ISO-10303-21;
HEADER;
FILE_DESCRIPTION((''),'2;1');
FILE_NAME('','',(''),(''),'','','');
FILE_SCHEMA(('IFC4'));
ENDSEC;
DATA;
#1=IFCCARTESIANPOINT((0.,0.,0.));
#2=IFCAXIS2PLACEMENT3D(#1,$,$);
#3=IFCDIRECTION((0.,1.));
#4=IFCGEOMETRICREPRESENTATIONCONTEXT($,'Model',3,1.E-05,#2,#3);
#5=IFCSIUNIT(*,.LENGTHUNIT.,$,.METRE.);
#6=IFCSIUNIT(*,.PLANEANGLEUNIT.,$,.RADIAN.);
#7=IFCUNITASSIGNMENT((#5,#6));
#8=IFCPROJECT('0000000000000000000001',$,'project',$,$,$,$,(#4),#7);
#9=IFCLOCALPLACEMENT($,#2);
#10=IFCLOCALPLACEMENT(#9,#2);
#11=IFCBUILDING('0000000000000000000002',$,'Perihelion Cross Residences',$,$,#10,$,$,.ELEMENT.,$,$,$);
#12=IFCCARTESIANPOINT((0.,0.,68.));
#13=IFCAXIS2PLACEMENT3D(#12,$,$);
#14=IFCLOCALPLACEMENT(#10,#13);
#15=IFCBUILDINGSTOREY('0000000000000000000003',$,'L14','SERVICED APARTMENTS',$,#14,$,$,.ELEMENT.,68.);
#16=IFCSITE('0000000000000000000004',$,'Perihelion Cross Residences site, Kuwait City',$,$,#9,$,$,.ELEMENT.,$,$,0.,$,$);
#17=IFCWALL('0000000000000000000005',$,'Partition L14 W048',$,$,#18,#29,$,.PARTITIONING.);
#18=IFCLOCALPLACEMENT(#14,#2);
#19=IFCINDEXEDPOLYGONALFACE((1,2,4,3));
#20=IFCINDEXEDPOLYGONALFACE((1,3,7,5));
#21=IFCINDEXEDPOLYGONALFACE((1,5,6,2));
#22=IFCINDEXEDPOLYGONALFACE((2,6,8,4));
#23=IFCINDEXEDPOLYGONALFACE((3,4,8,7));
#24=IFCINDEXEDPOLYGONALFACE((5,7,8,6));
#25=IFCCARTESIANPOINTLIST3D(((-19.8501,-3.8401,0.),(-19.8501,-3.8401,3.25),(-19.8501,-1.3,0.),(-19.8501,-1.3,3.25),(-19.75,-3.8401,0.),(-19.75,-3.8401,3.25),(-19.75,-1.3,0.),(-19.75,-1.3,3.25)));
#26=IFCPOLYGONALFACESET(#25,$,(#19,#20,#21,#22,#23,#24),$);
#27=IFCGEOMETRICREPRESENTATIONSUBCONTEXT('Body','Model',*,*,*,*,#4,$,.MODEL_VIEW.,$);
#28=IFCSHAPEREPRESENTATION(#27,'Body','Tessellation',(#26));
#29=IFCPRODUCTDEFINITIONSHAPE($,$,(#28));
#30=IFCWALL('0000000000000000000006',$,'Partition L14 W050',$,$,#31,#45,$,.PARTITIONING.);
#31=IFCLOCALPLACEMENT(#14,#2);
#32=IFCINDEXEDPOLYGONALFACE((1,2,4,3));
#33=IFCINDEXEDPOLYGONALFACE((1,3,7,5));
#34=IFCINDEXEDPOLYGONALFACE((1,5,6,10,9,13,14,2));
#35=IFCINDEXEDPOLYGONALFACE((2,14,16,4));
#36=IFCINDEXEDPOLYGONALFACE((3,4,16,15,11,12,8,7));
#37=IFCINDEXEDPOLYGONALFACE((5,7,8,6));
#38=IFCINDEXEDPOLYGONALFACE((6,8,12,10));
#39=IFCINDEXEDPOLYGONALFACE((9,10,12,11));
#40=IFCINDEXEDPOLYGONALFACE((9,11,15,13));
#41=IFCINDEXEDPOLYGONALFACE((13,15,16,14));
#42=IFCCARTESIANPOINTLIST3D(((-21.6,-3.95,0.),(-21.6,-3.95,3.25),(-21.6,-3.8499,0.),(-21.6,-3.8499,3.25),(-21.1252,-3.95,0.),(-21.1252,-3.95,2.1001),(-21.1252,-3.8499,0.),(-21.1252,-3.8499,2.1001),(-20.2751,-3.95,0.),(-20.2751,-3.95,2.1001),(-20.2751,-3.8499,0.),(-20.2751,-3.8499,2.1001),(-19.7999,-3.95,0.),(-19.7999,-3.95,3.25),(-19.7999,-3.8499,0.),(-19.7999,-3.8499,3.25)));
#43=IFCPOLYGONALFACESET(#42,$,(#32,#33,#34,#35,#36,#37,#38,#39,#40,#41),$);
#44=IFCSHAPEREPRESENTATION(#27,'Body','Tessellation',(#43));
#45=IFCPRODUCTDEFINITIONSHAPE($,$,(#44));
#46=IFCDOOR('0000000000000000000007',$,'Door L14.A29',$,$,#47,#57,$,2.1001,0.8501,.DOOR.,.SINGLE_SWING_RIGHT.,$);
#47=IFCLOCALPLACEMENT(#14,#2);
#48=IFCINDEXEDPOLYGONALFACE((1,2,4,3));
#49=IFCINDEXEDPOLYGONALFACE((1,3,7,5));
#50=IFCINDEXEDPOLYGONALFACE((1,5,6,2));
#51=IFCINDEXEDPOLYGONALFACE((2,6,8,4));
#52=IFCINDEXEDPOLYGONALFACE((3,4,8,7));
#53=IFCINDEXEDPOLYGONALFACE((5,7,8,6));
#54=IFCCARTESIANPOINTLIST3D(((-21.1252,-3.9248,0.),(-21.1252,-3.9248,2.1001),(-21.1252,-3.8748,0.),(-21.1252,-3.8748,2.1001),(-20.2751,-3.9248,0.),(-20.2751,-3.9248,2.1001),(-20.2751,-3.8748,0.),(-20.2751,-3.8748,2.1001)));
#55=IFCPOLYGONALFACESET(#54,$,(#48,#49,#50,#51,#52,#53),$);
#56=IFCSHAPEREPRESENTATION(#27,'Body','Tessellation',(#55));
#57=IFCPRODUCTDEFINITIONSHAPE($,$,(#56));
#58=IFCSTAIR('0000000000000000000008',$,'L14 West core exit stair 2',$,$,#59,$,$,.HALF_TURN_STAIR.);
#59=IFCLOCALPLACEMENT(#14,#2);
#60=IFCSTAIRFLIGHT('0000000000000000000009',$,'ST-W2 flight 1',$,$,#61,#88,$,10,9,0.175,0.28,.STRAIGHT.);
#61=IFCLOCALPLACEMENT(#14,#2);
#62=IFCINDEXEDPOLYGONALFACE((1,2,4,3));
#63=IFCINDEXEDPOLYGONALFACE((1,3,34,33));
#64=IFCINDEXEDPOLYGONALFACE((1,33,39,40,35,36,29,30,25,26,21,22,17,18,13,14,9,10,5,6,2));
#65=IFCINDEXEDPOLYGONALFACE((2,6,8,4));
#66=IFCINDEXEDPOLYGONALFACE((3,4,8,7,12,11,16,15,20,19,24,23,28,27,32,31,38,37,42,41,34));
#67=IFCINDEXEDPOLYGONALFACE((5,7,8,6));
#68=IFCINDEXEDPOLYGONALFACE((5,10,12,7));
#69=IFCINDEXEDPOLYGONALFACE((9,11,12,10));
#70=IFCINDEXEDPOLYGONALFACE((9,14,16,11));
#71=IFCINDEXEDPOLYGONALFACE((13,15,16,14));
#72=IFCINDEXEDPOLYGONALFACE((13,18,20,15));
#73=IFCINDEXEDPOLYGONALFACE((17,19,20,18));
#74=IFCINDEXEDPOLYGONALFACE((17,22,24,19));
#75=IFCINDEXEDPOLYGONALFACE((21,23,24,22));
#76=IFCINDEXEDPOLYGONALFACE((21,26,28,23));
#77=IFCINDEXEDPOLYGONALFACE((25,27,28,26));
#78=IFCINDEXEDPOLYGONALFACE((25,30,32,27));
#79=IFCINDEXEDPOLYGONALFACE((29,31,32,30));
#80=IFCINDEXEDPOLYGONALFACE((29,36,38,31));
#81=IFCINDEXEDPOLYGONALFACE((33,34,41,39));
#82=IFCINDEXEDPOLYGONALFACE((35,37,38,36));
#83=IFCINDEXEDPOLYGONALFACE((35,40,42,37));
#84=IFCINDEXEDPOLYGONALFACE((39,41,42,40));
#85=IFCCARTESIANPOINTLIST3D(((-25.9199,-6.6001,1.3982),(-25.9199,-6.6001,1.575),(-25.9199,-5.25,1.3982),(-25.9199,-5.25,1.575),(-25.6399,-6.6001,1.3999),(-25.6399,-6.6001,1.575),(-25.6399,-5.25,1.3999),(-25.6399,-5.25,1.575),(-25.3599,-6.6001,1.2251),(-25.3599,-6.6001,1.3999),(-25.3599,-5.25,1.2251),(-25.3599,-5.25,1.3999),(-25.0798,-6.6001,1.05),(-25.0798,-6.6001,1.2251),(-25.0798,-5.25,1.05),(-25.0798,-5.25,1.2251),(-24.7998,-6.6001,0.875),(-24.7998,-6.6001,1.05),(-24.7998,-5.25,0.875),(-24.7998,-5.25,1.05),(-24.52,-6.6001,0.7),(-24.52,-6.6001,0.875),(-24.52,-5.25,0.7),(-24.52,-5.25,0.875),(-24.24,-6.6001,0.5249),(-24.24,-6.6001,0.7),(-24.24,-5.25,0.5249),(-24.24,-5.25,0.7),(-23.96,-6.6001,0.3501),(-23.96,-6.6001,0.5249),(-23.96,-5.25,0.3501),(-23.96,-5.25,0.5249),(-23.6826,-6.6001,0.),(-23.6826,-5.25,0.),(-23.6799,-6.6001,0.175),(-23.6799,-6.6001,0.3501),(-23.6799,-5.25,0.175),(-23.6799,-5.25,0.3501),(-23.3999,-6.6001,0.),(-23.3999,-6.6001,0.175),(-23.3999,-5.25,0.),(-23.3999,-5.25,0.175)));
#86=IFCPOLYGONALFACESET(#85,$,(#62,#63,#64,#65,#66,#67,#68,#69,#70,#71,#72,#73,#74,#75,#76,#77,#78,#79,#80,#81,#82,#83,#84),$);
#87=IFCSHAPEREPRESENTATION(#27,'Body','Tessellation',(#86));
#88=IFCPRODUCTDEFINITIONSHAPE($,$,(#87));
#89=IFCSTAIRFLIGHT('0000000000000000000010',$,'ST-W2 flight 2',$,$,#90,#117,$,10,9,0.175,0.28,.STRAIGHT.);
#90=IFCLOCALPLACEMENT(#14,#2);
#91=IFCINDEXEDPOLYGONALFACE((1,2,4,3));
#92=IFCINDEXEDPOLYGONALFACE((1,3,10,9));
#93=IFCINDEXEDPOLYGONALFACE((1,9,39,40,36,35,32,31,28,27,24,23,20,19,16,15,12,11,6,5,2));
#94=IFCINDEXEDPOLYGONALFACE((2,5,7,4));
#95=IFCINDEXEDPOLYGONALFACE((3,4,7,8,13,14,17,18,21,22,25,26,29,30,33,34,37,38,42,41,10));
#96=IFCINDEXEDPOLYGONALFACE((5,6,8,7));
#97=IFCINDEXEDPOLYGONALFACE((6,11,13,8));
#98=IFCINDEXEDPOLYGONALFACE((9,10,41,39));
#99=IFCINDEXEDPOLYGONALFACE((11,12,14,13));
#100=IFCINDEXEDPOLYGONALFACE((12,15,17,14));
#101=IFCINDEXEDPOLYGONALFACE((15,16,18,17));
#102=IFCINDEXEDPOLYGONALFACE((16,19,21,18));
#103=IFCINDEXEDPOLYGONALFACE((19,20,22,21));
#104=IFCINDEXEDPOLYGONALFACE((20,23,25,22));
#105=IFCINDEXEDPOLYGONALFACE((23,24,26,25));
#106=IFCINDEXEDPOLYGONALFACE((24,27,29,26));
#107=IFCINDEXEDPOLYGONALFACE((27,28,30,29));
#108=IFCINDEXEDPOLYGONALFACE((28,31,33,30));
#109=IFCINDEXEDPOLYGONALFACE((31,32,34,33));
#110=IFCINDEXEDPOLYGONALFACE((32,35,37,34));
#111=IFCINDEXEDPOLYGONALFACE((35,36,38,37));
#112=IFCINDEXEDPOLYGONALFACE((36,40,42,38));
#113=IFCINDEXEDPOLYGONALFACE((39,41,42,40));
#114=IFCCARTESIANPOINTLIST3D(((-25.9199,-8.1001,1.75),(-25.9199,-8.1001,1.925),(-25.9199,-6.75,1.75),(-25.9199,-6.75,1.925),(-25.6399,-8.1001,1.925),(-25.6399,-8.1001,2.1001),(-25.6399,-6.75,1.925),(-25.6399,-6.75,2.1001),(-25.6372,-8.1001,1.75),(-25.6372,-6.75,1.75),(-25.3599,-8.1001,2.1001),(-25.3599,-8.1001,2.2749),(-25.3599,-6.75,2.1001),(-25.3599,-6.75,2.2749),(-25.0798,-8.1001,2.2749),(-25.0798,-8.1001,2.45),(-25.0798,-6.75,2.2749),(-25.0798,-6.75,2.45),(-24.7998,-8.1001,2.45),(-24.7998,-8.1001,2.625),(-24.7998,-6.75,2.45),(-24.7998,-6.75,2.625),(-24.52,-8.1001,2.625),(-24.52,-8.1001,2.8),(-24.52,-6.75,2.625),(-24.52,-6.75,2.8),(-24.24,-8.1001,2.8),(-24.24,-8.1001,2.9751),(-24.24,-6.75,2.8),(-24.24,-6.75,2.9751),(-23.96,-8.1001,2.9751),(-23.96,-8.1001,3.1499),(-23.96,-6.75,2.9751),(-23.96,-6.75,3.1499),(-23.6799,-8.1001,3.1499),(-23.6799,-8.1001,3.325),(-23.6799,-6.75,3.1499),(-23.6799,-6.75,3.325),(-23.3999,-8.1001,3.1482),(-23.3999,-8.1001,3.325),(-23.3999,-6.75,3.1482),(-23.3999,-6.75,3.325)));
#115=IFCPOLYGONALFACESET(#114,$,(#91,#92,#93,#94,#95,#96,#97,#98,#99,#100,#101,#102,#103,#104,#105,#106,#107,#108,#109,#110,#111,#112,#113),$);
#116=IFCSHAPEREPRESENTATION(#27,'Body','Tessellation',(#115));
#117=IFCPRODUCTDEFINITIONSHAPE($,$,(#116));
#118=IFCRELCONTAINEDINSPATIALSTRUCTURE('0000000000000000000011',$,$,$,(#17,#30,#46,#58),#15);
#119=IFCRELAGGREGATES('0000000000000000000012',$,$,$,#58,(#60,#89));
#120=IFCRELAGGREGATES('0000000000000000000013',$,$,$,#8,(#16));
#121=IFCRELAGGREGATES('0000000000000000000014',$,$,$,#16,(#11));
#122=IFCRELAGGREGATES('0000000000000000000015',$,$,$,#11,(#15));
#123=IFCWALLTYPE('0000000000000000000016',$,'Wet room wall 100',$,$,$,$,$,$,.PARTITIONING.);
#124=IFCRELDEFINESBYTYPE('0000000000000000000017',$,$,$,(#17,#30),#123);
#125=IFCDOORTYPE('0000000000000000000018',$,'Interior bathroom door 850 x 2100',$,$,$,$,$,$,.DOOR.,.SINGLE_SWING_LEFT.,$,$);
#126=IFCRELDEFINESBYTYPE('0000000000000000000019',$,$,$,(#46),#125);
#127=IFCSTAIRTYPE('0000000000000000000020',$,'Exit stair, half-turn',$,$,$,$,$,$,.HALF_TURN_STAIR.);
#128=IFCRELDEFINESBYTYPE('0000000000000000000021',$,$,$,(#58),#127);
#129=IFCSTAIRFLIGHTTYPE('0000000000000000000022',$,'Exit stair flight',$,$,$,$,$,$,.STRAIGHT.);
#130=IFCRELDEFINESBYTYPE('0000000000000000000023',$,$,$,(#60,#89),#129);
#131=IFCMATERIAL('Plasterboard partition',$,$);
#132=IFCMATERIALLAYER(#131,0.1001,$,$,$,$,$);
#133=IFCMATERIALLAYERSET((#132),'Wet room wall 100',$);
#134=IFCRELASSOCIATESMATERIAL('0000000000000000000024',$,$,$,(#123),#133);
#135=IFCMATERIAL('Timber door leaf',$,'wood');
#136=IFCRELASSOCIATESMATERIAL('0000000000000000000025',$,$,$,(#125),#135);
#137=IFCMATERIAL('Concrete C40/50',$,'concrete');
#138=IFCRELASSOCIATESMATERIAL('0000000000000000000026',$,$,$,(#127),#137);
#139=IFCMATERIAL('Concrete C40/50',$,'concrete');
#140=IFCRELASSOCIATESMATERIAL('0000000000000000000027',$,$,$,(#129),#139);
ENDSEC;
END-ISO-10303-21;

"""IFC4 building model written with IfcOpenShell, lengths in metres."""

from ifc_helpers import new_model, si_unit, direction, frame, frame_2d, origin, place, context, subcontext, project, spatial, polyline, rectangle, outline, extrude, material, layer, layer_set, type_object, element, fill, aggregate, save


model = new_model("IFC4")

# Units and contexts
model_context = context("Model", 3, precision=1e-05, world=origin(), true_north=direction((0.0, 1.0)))
body_context = subcontext(model_context, "Body", "Model", "MODEL_VIEW")
ifc_project = project(units=[si_unit("LENGTHUNIT", "METRE"), si_unit("PLANEANGLEUNIT", "RADIAN")], contexts=[model_context])

# Site, building, storey
site_placement = place(None, origin())
site = spatial("IfcSite", under=ifc_project, at=site_placement, Name="Perihelion Cross Residences site, Kuwait City", CompositionType="ELEMENT", RefElevation=0.0)
building_placement = place(site_placement, origin())
building = spatial("IfcBuilding", under=site, at=building_placement, Name="Perihelion Cross Residences", CompositionType="ELEMENT")
storey_placement = place(building_placement, frame((0.0, 0.0, 68.0)))
storey = spatial("IfcBuildingStorey", under=building, at=storey_placement, Name="L14", Description="SERVICED APARTMENTS", CompositionType="ELEMENT", Elevation=68.0)

# Wall
ifc_material_1 = material(Name="Plasterboard partition")
ifc_layer_1 = layer(ifc_material_1, 0.1001)
ifc_layer_set_1 = layer_set([ifc_layer_1], Name="Wet room wall 100")
wall_type_1 = type_object("IfcWallType", Name="Wet room wall 100", PredefinedType="PARTITIONING", material=ifc_layer_set_1)
wall_1_placement = place(storey_placement, frame((-19.8, -3.8401, 0.0), z_axis=(0.0, 0.0, 1.0), x_axis=(0.0, 1.0, 0.0)))
element("IfcWall", 1, at=wall_1_placement, inside=storey, type_object=wall_type_1, Name="Partition L14 W048", PredefinedType="PARTITIONING", context=body_context, shape_type="SweptSolid", body=[
    extrude(rectangle(XDim=2.54, YDim=0.1001, at=frame_2d((1.27, 0.0))), origin(), (0.0, 0.0, 1.0), 3.25),
])

# Wall, opening, door
wall_2_placement = place(storey_placement, frame((-19.8, -3.8999, 0.0), z_axis=(0.0, 0.0, 1.0), x_axis=(-1.0, 0.0, 0.0)))
wall_2 = element("IfcWall", 2, at=wall_2_placement, inside=storey, type_object=wall_type_1, Name="Partition L14 W050", PredefinedType="PARTITIONING", context=body_context, shape_type="SweptSolid", body=[
    extrude(rectangle(XDim=1.8, YDim=0.1001, at=frame_2d((0.8999, 0.0))), origin(), (0.0, 0.0, 1.0), 3.25),
])
opening_1_placement = place(wall_2_placement, frame((0.4751, 0.0, 0.0)))
opening_1 = element("IfcOpeningElement", 3, at=opening_1_placement, cuts=wall_2, PredefinedType="OPENING", context=body_context, shape_type="SweptSolid", body=[
    extrude(rectangle(XDim=0.8501, YDim=2.1001, at=frame_2d((0.425, 1.05))), frame((0.0, 0.0601, 0.0), z_axis=(0.0, -1.0, 0.0), x_axis=(1.0, 0.0, 0.0)), (0.0, 0.0, 1.0), 0.1201),
])
ifc_material_2 = material(Name="Timber door leaf", Category="wood")
door_type_1 = type_object("IfcDoorType", Name="Interior bathroom door 850 x 2100", OperationType="SINGLE_SWING_LEFT", PredefinedType="DOOR", material=ifc_material_2)
door_1_placement = place(opening_1_placement, origin())
door_1 = element("IfcDoor", 4, at=door_1_placement, inside=storey, type_object=door_type_1, Name="Door L14.A29", OperationType="SINGLE_SWING_RIGHT", OverallHeight=2.1001, OverallWidth=0.8501, PredefinedType="DOOR", context=body_context, shape_type="SweptSolid", body=[
    extrude(rectangle(XDim=0.8501, YDim=2.1001, at=frame_2d((0.425, 1.05))), frame((0.0, 0.0249, 0.0), z_axis=(0.0, -1.0, 0.0), x_axis=(1.0, 0.0, 0.0)), (0.0, 0.0, 1.0), 0.05),
])
fill(opening_1, door_1)

# Stair, stair flights
ifc_material_3 = material(Name="Concrete C40/50", Category="concrete")
stair_type = type_object("IfcStairType", Name="Exit stair, half-turn", PredefinedType="HALF_TURN_STAIR", material=ifc_material_3)
stair_placement = place(storey_placement, origin())
stair = element("IfcStair", 5, at=stair_placement, inside=storey, type_object=stair_type, Name="L14 West core exit stair 2", PredefinedType="HALF_TURN_STAIR")
ifc_material_4 = material(Name="Concrete C40/50", Category="concrete")
stair_flight_type = type_object("IfcStairFlightType", Name="Exit stair flight", PredefinedType="STRAIGHT", material=ifc_material_4)
stair_flight_1_placement = place(storey_placement, frame((-23.3999, -5.925, 0.0), z_axis=(0.0, 0.0, 1.0), x_axis=(-1.0, 0.0, 0.0)))
stair_flight_1 = element("IfcStairFlight", 6, at=stair_flight_1_placement, type_object=stair_flight_type, Name="ST-W2 flight 1", NumberOfRisers=10, NumberOfTreads=9, PredefinedType="STRAIGHT", RiserHeight=0.175, TreadLength=0.28, context=body_context, shape_type="SweptSolid", body=[
    extrude(outline(polyline([(0.0, 0.0), (0.0, 0.175), (0.28, 0.175), (0.28, 0.3501), (0.5601, 0.3501), (0.5601, 0.5249), (0.8401, 0.5249), (0.8401, 0.7), (1.1201, 0.7), (1.1201, 0.875), (1.3999, 0.875), (1.3999, 1.05), (1.6799, 1.05), (1.6799, 1.2251), (1.96, 1.2251), (1.96, 1.3999), (2.24, 1.3999), (2.24, 1.575), (2.52, 1.575), (2.52, 1.75), (2.52, 1.3982), (0.2827, 0.0), (0.0, 0.0)])), frame((0.0, 0.675, 0.0), z_axis=(0.0, -1.0, 0.0), x_axis=(1.0, 0.0, 0.0)), (0.0, 0.0, 1.0), 1.3501),
])
stair_flight_2_placement = place(storey_placement, frame((-25.9199, -7.425, 1.75), z_axis=(0.0, 0.0, 1.0), x_axis=(1.0, 0.0, 0.0)))
stair_flight_2 = element("IfcStairFlight", 7, at=stair_flight_2_placement, type_object=stair_flight_type, Name="ST-W2 flight 2", NumberOfRisers=10, NumberOfTreads=9, PredefinedType="STRAIGHT", RiserHeight=0.175, TreadLength=0.28, context=body_context, shape_type="SweptSolid", body=[
    extrude(outline(polyline([(0.0, 0.0), (0.0, 0.175), (0.28, 0.175), (0.28, 0.3501), (0.5601, 0.3501), (0.5601, 0.5249), (0.8401, 0.5249), (0.8401, 0.7), (1.1201, 0.7), (1.1201, 0.875), (1.3999, 0.875), (1.3999, 1.05), (1.6799, 1.05), (1.6799, 1.2251), (1.96, 1.2251), (1.96, 1.3999), (2.24, 1.3999), (2.24, 1.575), (2.52, 1.575), (2.52, 1.75), (2.52, 1.3982), (0.2827, 0.0), (0.0, 0.0)])), frame((0.0, 0.675, 0.0), z_axis=(0.0, -1.0, 0.0), x_axis=(1.0, 0.0, 0.0)), (0.0, 0.0, 1.0), 1.3501),
])
aggregate(stair, [stair_flight_1, stair_flight_2])

save(model, "model.ifc")
